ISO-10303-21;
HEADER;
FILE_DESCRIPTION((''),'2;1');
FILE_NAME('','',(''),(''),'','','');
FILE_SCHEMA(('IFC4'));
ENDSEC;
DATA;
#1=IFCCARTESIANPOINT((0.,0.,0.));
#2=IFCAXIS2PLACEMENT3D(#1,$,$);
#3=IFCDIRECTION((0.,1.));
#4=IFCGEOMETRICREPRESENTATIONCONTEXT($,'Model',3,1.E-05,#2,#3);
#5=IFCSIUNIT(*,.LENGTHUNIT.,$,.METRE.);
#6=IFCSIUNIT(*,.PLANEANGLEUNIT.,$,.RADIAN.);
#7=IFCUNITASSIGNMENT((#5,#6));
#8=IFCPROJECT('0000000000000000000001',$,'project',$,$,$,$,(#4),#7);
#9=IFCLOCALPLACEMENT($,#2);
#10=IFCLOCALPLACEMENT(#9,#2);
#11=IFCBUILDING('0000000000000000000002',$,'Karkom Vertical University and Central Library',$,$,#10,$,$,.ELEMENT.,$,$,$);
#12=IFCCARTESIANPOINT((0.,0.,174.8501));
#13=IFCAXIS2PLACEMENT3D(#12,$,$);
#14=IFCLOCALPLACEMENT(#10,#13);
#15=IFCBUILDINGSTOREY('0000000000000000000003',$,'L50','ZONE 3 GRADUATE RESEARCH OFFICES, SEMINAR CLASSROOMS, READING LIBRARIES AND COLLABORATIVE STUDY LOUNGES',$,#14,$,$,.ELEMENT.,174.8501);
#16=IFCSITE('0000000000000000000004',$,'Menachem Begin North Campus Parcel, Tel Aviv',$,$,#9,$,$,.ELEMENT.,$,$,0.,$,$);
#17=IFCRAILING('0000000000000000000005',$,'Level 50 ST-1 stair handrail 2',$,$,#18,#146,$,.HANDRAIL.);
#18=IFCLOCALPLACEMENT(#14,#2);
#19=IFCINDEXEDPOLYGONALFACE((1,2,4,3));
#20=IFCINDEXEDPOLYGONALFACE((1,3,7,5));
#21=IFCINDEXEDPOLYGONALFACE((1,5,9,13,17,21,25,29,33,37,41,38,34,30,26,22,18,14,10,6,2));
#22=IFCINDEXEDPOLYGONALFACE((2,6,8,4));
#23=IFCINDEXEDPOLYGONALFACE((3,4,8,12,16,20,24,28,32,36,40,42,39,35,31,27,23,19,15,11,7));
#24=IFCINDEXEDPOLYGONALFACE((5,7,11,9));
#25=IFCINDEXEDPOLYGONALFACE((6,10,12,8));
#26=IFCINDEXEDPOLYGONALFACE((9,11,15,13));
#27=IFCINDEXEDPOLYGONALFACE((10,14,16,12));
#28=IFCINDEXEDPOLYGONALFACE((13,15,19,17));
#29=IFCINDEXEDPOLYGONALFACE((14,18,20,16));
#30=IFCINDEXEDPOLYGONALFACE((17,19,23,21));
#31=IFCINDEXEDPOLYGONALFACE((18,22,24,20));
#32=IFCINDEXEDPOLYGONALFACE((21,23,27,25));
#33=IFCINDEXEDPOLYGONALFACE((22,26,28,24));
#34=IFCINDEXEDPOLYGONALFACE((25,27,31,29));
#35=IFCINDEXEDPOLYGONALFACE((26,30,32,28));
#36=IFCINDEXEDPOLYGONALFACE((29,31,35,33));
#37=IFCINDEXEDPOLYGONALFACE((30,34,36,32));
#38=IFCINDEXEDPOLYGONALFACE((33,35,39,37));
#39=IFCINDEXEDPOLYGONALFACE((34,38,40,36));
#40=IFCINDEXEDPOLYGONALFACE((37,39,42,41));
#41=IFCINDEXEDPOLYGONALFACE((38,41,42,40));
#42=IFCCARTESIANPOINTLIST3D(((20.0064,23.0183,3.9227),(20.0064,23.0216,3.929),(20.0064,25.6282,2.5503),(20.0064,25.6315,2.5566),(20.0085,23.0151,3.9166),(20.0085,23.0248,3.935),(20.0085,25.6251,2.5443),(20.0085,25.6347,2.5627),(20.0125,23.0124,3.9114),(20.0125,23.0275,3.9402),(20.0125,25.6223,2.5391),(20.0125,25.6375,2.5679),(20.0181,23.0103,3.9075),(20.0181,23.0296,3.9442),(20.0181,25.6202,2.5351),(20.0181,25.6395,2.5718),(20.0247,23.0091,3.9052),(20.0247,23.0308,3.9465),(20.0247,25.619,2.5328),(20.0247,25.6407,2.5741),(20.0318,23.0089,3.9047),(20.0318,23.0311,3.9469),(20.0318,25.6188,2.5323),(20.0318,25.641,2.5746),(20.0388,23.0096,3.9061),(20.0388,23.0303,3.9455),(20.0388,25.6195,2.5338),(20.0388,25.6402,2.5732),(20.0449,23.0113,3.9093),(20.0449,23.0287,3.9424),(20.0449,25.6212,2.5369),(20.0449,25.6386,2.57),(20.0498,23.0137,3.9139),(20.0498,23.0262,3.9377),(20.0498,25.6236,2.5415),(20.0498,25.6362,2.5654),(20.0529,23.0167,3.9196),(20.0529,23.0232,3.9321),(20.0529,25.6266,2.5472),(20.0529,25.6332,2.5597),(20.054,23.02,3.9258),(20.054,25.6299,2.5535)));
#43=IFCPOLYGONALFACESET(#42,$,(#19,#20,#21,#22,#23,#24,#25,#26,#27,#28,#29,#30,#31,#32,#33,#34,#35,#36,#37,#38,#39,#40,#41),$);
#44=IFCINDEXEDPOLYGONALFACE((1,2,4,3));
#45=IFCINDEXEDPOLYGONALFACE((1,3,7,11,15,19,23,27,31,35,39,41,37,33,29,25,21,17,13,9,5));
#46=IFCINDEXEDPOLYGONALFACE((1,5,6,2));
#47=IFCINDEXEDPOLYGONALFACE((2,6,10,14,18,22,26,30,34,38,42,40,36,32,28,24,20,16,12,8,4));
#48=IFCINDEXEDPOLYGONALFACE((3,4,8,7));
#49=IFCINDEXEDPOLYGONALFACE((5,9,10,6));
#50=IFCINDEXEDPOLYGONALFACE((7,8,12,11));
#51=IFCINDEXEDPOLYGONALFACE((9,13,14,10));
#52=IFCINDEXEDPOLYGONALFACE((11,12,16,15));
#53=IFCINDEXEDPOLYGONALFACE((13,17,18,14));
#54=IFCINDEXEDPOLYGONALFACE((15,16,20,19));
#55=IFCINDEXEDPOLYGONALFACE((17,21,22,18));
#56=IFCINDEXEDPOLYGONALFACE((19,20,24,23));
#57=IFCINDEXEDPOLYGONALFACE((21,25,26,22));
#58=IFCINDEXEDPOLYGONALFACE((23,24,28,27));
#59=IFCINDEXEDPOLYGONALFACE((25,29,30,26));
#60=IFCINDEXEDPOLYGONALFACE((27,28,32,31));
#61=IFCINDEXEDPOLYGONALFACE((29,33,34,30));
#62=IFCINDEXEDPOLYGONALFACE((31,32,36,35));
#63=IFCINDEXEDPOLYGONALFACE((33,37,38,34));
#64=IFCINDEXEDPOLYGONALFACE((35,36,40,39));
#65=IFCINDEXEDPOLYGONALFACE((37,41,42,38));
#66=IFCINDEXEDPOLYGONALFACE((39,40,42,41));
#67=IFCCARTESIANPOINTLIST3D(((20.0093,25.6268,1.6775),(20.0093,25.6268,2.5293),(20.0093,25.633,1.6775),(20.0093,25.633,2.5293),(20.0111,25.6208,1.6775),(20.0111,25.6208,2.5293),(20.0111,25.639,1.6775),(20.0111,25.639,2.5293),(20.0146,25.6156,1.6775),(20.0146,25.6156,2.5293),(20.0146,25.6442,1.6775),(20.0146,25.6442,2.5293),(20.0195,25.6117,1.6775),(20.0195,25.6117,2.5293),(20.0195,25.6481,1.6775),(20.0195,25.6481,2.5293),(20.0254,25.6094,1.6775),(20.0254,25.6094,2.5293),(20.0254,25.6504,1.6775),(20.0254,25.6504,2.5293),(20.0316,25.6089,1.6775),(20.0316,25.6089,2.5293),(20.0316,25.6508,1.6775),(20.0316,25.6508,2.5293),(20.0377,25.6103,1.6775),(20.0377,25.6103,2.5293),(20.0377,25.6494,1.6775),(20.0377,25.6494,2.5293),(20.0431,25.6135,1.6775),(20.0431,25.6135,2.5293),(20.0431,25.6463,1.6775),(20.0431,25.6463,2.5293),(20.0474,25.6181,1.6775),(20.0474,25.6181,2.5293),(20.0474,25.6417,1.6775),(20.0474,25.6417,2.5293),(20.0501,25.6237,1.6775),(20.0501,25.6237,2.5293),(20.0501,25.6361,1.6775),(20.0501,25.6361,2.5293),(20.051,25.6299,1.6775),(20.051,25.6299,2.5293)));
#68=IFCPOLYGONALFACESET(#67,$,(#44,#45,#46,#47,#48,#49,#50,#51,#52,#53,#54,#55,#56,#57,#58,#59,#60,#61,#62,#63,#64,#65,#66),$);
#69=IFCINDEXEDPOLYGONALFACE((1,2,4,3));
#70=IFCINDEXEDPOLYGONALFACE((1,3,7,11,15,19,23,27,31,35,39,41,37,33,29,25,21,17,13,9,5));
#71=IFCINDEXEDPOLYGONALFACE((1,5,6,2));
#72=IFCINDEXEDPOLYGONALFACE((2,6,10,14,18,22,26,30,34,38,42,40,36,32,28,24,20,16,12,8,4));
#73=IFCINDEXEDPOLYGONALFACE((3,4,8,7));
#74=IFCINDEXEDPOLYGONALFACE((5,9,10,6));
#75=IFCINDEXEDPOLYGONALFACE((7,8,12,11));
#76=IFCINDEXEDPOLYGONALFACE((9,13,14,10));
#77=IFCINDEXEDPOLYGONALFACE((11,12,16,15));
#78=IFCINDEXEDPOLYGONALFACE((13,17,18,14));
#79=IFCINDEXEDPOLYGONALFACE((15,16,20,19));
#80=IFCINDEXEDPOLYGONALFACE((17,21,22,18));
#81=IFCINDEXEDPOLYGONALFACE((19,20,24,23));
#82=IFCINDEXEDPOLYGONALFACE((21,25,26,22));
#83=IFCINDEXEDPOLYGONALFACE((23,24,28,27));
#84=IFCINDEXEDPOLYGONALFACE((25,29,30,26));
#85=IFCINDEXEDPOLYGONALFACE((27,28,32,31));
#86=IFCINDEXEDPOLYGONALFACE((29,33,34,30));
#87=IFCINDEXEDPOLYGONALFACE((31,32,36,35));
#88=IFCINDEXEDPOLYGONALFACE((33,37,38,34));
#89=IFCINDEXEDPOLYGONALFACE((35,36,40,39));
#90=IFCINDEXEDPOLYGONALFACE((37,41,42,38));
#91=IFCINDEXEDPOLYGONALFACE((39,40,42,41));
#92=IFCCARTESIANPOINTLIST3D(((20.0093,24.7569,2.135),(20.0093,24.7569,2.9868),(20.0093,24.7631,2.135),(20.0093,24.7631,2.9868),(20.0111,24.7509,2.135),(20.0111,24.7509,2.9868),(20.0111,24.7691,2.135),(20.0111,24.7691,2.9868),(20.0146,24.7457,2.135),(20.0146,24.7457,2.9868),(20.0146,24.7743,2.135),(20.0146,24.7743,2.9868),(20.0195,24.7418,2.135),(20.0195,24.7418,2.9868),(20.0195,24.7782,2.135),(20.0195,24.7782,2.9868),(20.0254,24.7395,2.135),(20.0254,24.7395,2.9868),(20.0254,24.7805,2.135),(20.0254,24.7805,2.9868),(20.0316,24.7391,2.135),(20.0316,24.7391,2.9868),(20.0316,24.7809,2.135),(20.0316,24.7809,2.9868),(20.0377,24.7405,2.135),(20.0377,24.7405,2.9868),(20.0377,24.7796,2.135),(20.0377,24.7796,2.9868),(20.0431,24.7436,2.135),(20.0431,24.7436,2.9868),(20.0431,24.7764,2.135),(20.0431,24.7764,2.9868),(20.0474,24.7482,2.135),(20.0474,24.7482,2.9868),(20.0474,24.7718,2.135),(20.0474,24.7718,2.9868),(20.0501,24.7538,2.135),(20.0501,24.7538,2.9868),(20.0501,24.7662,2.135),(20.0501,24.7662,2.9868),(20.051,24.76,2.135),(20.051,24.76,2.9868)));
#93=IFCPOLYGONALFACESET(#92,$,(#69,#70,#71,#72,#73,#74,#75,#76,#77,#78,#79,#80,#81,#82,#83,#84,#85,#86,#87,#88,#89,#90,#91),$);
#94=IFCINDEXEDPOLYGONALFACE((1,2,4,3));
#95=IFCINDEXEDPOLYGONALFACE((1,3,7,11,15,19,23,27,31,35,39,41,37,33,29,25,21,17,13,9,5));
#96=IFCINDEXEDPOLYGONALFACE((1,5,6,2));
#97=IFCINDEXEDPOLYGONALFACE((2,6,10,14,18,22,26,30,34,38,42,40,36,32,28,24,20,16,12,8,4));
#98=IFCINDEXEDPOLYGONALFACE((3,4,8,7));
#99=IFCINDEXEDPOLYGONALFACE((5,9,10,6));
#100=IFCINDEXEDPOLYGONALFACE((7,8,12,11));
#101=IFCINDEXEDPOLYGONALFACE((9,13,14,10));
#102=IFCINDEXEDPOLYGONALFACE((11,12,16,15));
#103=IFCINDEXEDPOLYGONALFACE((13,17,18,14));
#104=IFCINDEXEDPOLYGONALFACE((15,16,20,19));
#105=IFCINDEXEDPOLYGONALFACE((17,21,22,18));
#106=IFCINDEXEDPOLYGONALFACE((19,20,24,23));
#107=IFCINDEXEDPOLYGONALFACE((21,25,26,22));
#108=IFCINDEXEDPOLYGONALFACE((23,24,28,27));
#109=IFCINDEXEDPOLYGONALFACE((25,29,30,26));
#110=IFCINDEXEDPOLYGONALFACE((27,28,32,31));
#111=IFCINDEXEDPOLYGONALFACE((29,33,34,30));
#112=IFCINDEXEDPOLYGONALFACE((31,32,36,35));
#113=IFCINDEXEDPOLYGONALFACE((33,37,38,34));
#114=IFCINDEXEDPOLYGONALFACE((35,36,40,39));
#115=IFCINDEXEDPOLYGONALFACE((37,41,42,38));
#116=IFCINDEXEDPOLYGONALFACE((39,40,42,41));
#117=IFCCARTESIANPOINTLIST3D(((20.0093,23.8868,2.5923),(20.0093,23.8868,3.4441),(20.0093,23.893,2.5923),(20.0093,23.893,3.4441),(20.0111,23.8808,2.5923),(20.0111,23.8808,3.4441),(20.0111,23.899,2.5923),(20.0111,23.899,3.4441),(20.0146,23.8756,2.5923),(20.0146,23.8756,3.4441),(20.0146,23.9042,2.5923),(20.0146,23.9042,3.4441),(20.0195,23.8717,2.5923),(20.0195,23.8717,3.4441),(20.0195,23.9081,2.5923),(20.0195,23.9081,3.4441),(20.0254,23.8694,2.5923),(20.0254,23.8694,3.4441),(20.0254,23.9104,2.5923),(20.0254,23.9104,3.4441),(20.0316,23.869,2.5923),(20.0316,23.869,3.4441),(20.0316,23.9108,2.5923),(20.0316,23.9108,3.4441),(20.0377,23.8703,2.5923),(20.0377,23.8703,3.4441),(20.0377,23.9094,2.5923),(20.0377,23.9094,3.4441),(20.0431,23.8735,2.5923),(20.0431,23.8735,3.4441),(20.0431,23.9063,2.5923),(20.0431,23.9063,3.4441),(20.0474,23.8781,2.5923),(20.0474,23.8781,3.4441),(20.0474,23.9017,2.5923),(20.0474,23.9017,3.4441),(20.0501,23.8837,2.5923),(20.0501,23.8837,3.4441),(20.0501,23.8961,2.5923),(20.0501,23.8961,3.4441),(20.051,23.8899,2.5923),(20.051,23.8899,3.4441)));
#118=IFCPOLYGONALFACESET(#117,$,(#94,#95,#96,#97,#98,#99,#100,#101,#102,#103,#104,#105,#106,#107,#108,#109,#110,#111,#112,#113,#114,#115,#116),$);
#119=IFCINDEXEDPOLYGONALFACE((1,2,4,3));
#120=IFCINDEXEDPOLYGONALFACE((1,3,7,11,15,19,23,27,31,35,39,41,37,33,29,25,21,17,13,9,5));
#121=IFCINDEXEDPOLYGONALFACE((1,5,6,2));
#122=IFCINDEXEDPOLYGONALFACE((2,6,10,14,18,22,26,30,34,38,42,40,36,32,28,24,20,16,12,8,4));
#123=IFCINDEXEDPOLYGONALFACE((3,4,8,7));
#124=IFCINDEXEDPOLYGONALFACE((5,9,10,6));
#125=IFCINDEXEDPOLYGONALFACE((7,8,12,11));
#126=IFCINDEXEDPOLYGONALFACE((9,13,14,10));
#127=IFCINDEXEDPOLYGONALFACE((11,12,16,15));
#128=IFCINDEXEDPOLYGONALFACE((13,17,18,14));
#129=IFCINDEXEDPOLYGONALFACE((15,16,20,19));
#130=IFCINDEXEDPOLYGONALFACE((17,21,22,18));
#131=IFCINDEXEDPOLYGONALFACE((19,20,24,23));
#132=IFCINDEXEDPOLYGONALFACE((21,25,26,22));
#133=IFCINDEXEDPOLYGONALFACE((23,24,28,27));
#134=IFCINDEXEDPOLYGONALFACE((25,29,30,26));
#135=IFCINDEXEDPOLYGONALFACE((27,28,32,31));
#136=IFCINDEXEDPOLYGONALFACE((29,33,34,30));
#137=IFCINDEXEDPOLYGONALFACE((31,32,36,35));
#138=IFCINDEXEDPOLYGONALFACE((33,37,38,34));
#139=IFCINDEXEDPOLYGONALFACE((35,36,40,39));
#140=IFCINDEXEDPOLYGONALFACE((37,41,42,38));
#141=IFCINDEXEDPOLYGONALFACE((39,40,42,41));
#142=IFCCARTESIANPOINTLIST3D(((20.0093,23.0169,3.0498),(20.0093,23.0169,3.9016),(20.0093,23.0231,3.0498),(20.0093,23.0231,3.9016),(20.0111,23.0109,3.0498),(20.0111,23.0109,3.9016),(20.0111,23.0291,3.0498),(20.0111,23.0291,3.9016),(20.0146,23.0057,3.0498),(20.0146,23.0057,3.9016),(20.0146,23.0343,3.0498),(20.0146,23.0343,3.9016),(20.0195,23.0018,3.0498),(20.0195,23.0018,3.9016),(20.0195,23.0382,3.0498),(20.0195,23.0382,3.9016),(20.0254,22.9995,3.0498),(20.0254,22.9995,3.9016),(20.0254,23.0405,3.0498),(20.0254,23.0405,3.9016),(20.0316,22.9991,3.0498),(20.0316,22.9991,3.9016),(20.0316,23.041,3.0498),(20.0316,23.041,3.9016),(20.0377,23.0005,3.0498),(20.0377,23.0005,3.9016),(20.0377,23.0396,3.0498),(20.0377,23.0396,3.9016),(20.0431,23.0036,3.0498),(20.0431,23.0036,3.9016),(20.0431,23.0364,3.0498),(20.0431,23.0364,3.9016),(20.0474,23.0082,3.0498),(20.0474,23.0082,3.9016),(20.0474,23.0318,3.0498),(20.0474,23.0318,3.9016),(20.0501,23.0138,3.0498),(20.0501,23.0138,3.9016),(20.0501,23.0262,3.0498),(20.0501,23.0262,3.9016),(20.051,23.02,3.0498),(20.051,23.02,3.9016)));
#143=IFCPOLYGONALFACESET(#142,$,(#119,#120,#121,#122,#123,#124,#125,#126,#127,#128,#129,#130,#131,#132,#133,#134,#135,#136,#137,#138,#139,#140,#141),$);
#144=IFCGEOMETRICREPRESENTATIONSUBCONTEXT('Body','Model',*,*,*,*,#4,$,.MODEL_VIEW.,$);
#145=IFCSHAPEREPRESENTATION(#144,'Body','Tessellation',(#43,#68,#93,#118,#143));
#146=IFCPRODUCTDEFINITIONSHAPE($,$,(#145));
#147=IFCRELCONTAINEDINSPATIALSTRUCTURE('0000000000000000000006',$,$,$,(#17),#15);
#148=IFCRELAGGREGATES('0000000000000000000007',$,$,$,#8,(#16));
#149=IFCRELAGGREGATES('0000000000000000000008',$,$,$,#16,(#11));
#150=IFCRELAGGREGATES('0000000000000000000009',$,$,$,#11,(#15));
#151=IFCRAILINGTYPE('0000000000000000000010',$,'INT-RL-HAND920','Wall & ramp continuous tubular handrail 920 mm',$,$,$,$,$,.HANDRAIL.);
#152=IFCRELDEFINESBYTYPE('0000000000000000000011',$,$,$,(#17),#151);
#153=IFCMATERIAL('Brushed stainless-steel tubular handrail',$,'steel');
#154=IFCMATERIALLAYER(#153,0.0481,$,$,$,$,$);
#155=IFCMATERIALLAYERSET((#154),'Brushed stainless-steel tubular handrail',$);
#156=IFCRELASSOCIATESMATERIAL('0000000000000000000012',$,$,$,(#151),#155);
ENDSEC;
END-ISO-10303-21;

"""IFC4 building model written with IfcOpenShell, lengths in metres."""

from ifc_helpers import new_model, si_unit, direction, frame, origin, origin_2d, place, context, subcontext, project, spatial, circle, extrude, material, layer, layer_set, type_object, element, save


model = new_model("IFC4")

# Units and contexts
model_context = context("Model", 3, precision=1e-05, world=origin(), true_north=direction((0.0, 1.0)))
body_context = subcontext(model_context, "Body", "Model", "MODEL_VIEW")
ifc_project = project(units=[si_unit("LENGTHUNIT", "METRE"), si_unit("PLANEANGLEUNIT", "RADIAN")], contexts=[model_context])

# Site, building, storey
site_placement = place(None, origin())
site = spatial("IfcSite", under=ifc_project, at=site_placement, Name="Menachem Begin North Campus Parcel, Tel Aviv", CompositionType="ELEMENT", RefElevation=0.0)
building_placement = place(site_placement, origin())
building = spatial("IfcBuilding", under=site, at=building_placement, Name="Karkom Vertical University and Central Library", CompositionType="ELEMENT")
storey_placement = place(building_placement, frame((0.0, 0.0, 174.8501)))
storey = spatial("IfcBuildingStorey", under=building, at=storey_placement, Name="L50", Description="ZONE 3 GRADUATE RESEARCH OFFICES, SEMINAR CLASSROOMS, READING LIBRARIES AND COLLABORATIVE STUDY LOUNGES", CompositionType="ELEMENT", Elevation=174.8501)

# Railing
ifc_material_1 = material(Name="Brushed stainless-steel tubular handrail", Category="steel")
ifc_layer_1 = layer(ifc_material_1, 0.0481)
ifc_layer_set_1 = layer_set([ifc_layer_1], Name="Brushed stainless-steel tubular handrail")
railing_type_1 = type_object("IfcRailingType", Name="INT-RL-HAND920", Description="Wall & ramp continuous tubular handrail 920 mm", PredefinedType="HANDRAIL", material=ifc_layer_set_1)
railing_1_placement = place(storey_placement, frame((20.03, 25.6299, 1.6775)))
element("IfcRailing", 1, at=railing_1_placement, inside=storey, type_object=railing_type_1, Name="Level 50 ST-1 stair handrail 2", PredefinedType="HANDRAIL", context=body_context, shape_type="SweptSolid", body=[
    extrude(circle(Radius=0.0239, at=origin_2d()), frame((0.0, 0.0, 0.876), z_axis=(0.0, -0.8851, 0.465402), x_axis=(1.0, 0.0, 0.0)), (0.0, 0.0, 1.0), 2.9487),
    extrude(circle(Radius=0.021, at=origin_2d()), origin(), (0.0, 0.0, 1.0), 0.8518),
    extrude(circle(Radius=0.021, at=origin_2d()), frame((0.0, -0.8699, 0.4575)), (0.0, 0.0, 1.0), 0.8518),
    extrude(circle(Radius=0.021, at=origin_2d()), frame((0.0, -1.74, 0.9148)), (0.0, 0.0, 1.0), 0.8518),
    extrude(circle(Radius=0.021, at=origin_2d()), frame((0.0, -2.6099, 1.3723)), (0.0, 0.0, 1.0), 0.8518),
])

save(model, "model.ifc")
